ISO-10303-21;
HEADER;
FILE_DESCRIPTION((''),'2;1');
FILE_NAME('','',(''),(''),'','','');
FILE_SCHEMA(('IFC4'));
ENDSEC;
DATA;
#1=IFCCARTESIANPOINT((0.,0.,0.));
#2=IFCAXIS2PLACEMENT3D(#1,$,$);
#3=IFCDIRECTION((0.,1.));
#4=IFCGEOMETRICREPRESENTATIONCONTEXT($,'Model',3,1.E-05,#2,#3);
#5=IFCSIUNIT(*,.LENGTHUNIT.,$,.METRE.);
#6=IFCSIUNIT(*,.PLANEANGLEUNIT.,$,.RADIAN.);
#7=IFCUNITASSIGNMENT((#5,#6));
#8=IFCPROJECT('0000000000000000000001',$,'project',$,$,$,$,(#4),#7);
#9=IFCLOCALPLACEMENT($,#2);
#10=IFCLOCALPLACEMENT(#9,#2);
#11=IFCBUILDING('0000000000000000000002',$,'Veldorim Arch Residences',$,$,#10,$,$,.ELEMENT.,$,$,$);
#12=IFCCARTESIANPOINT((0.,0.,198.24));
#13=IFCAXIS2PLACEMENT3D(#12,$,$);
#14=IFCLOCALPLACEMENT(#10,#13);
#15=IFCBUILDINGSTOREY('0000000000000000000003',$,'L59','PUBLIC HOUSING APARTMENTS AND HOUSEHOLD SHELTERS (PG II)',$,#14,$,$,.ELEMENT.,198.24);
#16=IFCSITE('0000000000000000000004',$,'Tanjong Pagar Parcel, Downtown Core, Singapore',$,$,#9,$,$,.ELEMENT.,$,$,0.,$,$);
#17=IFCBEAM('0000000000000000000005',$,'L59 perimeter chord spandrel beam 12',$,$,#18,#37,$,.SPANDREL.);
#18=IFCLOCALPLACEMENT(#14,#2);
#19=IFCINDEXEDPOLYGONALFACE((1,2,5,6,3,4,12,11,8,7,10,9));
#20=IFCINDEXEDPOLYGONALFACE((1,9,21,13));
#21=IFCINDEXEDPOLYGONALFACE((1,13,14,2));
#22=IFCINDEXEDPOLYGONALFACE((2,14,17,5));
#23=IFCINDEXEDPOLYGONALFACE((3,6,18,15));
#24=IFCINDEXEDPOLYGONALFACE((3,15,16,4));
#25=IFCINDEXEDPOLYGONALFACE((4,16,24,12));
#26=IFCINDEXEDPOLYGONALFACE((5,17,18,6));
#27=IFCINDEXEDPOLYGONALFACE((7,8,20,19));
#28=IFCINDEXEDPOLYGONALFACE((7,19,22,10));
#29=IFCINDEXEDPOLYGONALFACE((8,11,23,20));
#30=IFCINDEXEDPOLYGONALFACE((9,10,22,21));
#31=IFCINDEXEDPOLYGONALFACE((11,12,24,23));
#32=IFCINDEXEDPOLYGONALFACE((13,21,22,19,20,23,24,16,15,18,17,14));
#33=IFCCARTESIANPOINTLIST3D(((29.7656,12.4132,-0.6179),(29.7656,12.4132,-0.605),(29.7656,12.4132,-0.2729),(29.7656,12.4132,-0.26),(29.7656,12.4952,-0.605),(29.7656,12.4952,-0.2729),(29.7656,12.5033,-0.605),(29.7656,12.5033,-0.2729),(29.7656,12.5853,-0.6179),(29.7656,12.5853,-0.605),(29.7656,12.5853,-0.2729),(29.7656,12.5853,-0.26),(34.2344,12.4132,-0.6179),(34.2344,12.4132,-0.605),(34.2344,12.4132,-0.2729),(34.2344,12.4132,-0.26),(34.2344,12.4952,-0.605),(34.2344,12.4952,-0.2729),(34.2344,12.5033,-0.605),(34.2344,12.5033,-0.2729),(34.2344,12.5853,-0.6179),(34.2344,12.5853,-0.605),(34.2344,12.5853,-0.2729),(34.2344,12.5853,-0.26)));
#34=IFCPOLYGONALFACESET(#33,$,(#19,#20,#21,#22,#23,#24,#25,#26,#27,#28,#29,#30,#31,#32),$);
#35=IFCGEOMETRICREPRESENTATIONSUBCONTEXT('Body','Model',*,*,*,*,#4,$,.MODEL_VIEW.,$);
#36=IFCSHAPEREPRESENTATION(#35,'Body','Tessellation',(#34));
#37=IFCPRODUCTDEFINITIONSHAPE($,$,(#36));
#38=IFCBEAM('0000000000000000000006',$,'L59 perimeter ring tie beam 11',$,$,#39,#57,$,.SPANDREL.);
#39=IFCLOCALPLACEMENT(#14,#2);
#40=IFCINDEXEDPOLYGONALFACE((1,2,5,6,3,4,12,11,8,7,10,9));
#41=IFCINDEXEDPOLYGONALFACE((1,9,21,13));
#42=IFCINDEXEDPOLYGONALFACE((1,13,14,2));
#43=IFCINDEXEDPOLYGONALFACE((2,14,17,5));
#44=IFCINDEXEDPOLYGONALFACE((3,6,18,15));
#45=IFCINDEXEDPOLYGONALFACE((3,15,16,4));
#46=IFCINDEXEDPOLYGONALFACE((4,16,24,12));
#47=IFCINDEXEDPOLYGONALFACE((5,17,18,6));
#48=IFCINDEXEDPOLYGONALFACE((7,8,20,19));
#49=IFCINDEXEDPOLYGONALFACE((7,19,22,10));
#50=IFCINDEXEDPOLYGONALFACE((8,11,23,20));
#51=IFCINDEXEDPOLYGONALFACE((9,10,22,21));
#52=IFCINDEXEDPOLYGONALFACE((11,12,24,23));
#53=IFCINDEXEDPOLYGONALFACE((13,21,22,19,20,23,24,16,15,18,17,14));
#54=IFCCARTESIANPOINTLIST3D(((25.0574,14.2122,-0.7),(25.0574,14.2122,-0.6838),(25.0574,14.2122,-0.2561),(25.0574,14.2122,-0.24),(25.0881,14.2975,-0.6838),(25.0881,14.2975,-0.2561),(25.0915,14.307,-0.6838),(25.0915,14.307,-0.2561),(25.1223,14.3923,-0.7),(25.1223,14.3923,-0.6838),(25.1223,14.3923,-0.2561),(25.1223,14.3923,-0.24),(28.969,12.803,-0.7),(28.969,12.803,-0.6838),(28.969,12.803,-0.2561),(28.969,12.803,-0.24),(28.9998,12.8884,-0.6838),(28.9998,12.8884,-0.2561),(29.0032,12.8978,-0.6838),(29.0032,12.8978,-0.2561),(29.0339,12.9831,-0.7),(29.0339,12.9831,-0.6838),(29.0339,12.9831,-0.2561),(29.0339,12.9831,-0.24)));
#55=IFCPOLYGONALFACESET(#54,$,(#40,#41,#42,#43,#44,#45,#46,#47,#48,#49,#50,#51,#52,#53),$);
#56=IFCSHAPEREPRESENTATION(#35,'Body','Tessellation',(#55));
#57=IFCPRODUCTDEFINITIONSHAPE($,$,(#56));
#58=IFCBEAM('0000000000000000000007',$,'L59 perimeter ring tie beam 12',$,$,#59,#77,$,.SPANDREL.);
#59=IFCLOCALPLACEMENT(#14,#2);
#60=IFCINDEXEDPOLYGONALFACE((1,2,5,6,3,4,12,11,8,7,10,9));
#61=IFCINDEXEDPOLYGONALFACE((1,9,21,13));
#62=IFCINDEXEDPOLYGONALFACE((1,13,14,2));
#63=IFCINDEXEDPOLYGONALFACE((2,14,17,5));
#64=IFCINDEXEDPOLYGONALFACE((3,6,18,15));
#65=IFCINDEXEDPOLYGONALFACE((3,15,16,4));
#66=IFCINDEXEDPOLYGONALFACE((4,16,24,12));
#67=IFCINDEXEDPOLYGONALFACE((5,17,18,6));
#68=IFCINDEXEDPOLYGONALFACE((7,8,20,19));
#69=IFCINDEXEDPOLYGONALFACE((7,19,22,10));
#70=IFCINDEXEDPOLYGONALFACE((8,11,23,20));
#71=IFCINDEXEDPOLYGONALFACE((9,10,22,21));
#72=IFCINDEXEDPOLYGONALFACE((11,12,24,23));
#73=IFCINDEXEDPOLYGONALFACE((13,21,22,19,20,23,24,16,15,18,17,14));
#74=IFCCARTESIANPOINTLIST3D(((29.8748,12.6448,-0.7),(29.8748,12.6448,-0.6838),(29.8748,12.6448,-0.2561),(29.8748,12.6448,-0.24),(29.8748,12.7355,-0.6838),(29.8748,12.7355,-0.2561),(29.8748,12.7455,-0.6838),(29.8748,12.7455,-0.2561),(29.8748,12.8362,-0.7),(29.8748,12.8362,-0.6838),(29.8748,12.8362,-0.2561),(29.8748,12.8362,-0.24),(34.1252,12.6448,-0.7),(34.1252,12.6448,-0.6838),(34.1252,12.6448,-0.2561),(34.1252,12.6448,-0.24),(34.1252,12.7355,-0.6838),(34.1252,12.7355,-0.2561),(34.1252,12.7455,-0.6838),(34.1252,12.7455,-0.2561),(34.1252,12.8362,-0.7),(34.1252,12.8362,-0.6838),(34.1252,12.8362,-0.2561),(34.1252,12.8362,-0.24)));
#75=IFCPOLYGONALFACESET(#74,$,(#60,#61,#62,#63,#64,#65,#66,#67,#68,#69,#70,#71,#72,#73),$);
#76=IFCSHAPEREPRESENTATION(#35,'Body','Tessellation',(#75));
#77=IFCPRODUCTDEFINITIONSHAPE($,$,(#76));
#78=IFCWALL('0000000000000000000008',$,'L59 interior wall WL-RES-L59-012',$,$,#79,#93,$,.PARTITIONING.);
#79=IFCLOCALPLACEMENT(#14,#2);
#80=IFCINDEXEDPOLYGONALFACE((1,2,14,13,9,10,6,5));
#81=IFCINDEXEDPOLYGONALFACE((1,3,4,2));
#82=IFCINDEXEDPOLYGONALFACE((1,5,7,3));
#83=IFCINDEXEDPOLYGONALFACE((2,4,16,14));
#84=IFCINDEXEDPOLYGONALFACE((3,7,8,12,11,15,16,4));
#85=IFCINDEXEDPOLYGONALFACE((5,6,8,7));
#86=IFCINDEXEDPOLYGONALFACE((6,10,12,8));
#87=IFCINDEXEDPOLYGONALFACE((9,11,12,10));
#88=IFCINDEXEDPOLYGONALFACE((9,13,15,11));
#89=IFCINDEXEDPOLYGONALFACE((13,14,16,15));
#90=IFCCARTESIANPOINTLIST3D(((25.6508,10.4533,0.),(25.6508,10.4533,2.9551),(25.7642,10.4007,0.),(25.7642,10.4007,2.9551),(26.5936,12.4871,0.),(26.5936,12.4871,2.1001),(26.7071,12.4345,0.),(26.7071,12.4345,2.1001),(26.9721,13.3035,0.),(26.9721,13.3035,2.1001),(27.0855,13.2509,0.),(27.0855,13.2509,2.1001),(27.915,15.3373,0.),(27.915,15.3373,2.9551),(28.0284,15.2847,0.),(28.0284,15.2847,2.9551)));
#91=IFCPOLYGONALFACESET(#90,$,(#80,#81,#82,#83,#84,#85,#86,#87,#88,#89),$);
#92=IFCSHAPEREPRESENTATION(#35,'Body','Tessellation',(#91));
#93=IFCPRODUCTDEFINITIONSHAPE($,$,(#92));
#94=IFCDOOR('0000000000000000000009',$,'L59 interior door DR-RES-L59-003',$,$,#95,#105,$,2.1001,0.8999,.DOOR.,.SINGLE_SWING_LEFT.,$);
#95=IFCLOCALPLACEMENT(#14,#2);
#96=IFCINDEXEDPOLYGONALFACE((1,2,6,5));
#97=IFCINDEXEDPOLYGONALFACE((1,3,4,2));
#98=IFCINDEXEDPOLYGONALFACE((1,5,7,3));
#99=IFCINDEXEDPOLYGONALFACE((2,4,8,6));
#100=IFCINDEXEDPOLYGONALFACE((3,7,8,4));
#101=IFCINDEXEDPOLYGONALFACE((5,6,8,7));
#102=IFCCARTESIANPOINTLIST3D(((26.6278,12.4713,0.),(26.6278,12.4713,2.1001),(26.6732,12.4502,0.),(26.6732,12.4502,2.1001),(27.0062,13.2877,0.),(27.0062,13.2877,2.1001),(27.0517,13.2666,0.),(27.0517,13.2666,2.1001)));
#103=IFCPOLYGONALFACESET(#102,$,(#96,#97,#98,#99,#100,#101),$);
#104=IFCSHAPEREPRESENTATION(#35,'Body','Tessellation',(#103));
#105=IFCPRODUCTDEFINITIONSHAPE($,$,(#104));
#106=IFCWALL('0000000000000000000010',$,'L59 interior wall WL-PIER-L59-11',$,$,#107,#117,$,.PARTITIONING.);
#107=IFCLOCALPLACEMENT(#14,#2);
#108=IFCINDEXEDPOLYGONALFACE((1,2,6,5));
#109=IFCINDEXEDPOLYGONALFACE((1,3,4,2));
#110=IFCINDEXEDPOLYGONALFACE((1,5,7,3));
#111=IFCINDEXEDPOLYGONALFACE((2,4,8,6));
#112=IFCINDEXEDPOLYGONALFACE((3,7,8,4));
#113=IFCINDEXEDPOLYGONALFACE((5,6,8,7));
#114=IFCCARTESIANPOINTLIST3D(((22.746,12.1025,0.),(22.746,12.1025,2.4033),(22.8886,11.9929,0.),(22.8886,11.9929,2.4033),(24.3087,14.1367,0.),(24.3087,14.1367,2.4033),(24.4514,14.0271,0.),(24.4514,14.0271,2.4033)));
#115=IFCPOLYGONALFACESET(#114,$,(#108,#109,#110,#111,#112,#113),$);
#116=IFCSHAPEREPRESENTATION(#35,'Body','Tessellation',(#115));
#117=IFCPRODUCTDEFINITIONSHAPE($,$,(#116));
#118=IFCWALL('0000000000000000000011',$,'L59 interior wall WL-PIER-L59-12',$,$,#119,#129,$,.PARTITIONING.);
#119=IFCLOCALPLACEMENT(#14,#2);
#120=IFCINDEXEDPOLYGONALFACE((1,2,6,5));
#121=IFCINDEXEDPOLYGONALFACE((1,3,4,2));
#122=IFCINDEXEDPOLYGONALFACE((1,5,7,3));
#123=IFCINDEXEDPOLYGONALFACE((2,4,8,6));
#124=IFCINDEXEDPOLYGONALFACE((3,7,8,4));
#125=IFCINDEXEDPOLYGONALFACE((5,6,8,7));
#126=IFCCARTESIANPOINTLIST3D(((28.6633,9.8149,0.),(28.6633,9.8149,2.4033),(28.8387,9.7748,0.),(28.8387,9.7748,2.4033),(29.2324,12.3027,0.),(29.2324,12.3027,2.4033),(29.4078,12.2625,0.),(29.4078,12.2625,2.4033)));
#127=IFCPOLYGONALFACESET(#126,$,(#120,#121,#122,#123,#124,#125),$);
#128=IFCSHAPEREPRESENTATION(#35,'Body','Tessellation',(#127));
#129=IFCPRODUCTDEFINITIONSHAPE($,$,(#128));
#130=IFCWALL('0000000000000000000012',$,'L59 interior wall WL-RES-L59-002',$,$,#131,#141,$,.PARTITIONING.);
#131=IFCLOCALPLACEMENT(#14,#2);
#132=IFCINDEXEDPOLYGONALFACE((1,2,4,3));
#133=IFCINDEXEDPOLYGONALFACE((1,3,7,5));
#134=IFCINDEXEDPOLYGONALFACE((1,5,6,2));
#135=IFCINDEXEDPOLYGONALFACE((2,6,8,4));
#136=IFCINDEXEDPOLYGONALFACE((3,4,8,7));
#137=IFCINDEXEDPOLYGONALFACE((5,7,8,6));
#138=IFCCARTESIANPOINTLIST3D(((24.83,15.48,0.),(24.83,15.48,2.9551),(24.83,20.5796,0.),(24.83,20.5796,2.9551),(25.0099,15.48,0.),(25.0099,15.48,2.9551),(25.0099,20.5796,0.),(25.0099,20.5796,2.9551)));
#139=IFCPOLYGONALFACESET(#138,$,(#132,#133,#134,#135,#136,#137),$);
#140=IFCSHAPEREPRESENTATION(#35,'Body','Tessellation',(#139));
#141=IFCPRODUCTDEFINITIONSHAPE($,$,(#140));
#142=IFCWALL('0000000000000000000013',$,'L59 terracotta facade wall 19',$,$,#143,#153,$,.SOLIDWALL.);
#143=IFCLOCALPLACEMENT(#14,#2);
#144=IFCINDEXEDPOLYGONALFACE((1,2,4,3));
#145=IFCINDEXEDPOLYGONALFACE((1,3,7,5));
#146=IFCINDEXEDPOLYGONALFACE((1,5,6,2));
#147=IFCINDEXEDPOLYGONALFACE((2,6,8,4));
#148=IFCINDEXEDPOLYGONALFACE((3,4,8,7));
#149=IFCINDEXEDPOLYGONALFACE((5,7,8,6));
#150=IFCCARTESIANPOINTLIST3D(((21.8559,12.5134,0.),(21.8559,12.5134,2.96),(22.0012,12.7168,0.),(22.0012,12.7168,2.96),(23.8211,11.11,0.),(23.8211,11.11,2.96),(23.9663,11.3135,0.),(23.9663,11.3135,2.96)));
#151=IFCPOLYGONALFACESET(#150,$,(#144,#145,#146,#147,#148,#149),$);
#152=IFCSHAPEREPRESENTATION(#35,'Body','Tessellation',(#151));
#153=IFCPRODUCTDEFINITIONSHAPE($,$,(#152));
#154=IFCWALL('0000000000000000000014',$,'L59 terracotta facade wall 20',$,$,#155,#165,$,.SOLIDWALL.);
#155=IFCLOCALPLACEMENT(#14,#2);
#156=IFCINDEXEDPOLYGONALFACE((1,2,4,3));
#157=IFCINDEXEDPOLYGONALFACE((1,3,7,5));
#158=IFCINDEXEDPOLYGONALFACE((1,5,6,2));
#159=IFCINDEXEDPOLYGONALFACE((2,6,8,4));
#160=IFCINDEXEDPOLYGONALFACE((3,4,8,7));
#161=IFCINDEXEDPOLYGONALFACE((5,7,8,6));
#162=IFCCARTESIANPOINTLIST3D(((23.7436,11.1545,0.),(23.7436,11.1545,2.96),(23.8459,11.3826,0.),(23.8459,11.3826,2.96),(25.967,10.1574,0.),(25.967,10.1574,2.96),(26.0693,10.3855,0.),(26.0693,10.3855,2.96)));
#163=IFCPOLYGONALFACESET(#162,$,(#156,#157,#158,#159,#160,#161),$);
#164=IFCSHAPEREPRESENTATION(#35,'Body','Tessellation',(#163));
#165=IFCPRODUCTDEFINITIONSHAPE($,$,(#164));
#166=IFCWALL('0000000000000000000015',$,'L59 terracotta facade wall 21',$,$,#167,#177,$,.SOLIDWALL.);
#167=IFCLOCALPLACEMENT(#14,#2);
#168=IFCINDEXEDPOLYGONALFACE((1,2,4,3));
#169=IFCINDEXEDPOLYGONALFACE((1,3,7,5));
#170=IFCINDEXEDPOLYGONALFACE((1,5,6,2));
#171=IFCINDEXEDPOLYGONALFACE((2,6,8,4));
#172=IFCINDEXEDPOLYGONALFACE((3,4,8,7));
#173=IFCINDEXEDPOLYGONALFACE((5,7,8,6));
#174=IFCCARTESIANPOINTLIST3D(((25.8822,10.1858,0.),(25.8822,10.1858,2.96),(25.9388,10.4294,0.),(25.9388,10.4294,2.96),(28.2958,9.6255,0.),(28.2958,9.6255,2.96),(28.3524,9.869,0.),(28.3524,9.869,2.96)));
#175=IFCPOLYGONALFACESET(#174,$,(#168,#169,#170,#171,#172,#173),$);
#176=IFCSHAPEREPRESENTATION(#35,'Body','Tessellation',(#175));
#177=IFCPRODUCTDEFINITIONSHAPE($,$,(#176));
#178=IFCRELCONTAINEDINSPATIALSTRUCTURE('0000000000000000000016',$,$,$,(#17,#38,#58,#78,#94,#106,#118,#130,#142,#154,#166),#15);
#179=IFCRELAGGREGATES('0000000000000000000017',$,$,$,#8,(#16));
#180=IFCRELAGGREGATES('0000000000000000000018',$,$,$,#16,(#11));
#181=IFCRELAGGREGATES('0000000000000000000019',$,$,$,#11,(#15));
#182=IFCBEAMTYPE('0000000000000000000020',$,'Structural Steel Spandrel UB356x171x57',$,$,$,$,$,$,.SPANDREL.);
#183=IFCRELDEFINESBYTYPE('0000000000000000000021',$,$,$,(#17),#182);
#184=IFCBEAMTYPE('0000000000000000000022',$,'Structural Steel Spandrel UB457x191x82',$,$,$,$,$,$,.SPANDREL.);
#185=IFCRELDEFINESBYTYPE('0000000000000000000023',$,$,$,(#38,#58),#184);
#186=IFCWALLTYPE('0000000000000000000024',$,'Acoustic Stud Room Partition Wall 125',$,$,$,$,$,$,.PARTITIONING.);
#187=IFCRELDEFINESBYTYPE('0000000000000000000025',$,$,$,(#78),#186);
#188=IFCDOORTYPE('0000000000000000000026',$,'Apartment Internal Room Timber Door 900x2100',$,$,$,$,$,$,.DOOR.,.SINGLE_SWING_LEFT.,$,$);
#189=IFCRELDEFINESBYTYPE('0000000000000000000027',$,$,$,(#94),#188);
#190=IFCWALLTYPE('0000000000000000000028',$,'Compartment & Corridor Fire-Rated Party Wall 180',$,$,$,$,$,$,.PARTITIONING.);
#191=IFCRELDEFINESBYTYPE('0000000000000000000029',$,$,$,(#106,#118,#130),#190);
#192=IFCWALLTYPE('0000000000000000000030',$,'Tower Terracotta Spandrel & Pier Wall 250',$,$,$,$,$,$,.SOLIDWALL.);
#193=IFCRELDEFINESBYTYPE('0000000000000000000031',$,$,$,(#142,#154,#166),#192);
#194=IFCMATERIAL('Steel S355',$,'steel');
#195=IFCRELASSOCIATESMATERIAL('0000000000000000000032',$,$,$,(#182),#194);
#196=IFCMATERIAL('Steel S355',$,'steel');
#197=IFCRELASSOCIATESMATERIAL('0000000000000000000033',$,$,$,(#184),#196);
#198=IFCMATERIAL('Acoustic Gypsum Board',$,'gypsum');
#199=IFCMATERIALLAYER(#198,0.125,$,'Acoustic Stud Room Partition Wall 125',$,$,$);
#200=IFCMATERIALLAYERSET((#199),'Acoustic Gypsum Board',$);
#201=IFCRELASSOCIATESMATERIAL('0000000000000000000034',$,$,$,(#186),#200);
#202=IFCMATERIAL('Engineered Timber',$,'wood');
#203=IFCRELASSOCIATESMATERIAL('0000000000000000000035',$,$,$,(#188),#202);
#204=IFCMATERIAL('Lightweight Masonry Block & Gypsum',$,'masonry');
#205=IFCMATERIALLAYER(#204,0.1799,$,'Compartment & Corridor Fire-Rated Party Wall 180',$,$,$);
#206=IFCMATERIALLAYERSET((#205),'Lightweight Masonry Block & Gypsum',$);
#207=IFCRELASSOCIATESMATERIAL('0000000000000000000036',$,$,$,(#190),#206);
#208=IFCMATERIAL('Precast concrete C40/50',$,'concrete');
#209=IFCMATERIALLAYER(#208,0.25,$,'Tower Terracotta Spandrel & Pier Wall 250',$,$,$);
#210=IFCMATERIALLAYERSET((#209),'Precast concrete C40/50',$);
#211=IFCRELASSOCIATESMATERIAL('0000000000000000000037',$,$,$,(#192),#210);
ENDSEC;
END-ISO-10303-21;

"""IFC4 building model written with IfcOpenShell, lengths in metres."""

from ifc_helpers import new_model, si_unit, direction, frame, frame_2d, origin, origin_2d, place, context, subcontext, project, spatial, rectangle, i_section, extrude, material, layer, layer_set, material_profile, profile_set, type_object, element, fill, save


model = new_model("IFC4")

# Units and contexts
model_context = context("Model", 3, precision=1e-05, world=origin(), true_north=direction((0.0, 1.0)))
body_context = subcontext(model_context, "Body", "Model", "MODEL_VIEW")
ifc_project = project(units=[si_unit("LENGTHUNIT", "METRE"), si_unit("PLANEANGLEUNIT", "RADIAN")], contexts=[model_context])

# Site, building, storey
site_placement = place(None, origin())
site = spatial("IfcSite", under=ifc_project, at=site_placement, Name="Tanjong Pagar Parcel, Downtown Core, Singapore", CompositionType="ELEMENT", RefElevation=0.0)
building_placement = place(site_placement, origin())
building = spatial("IfcBuilding", under=site, at=building_placement, Name="Veldorim Arch Residences", CompositionType="ELEMENT")
storey_placement = place(building_placement, frame((0.0, 0.0, 198.24)))
storey = spatial("IfcBuildingStorey", under=building, at=storey_placement, Name="L59", Description="PUBLIC HOUSING APARTMENTS AND HOUSEHOLD SHELTERS (PG II)", CompositionType="ELEMENT", Elevation=198.24)

# Beams
ifc_material_1 = material(Name="Steel S355", Category="steel")
ifc_material_profile_1 = material_profile(ifc_material_1, i_section(OverallWidth=0.1721, OverallDepth=0.3579, WebThickness=0.0081, FlangeThickness=0.0129, at=origin_2d()), Name="UB356x171x57")
ifc_profile_set_1 = profile_set([ifc_material_profile_1], Name="Steel S355")
beam_type_1 = type_object("IfcBeamType", Name="Structural Steel Spandrel UB356x171x57", PredefinedType="SPANDREL", material=ifc_profile_set_1)
beam_1_placement = place(storey_placement, frame((29.7656, 12.4993, -0.439), z_axis=(1.0, 0.0, 0.0), x_axis=(0.0, 1.0, 0.0)))
element("IfcBeam", 1, at=beam_1_placement, inside=storey, type_object=beam_type_1, Name="L59 perimeter chord spandrel beam 12", PredefinedType="SPANDREL", context=body_context, shape_type="SweptSolid", body=[
    extrude(i_section(OverallWidth=0.1721, OverallDepth=0.3579, WebThickness=0.0081, FlangeThickness=0.0129, at=origin_2d()), origin(), (0.0, 0.0, 1.0), 4.4688),
])
ifc_material_2 = material(Name="Steel S355", Category="steel")
ifc_material_profile_2 = material_profile(ifc_material_2, i_section(OverallWidth=0.1914, OverallDepth=0.46, WebThickness=0.01, FlangeThickness=0.0161, at=origin_2d()), Name="UB457x191x82")
ifc_profile_set_2 = profile_set([ifc_material_profile_2], Name="Steel S355")
beam_type_2 = type_object("IfcBeamType", Name="Structural Steel Spandrel UB457x191x82", PredefinedType="SPANDREL", material=ifc_profile_set_2)
beam_2_placement = place(storey_placement, frame((25.0898, 14.3022, -0.47), z_axis=(0.940811, -0.338932, 0.0), x_axis=(0.338932, 0.940811, 0.0)))
element("IfcBeam", 2, at=beam_2_placement, inside=storey, type_object=beam_type_2, Name="L59 perimeter ring tie beam 11", PredefinedType="SPANDREL", context=body_context, shape_type="SweptSolid", body=[
    extrude(i_section(OverallWidth=0.1914, OverallDepth=0.46, WebThickness=0.01, FlangeThickness=0.0161, at=origin_2d()), origin(), (0.0, 0.0, 1.0), 4.1577),
])
beam_3_placement = place(storey_placement, frame((29.8748, 12.7405, -0.47), z_axis=(1.0, 0.0, 0.0), x_axis=(0.0, 1.0, 0.0)))
element("IfcBeam", 3, at=beam_3_placement, inside=storey, type_object=beam_type_2, Name="L59 perimeter ring tie beam 12", PredefinedType="SPANDREL", context=body_context, shape_type="SweptSolid", body=[
    extrude(i_section(OverallWidth=0.1914, OverallDepth=0.46, WebThickness=0.01, FlangeThickness=0.0161, at=origin_2d()), origin(), (0.0, 0.0, 1.0), 4.2505),
])

# Wall, opening, door
ifc_material_3 = material(Name="Acoustic Gypsum Board", Category="gypsum")
ifc_layer_1 = layer(ifc_material_3, 0.125, Name="Acoustic Stud Room Partition Wall 125")
ifc_layer_set_1 = layer_set([ifc_layer_1], Name="Acoustic Gypsum Board")
wall_type_1 = type_object("IfcWallType", Name="Acoustic Stud Room Partition Wall 125", PredefinedType="PARTITIONING", material=ifc_layer_set_1)
wall_1_placement = place(storey_placement, frame((25.7075, 10.427, 0.0), z_axis=(0.0, 0.0, 1.0), x_axis=(0.420588, 0.907252, 0.0)))
wall_1 = element("IfcWall", 4, at=wall_1_placement, inside=storey, type_object=wall_type_1, Name="L59 interior wall WL-RES-L59-012", PredefinedType="PARTITIONING", context=body_context, shape_type="SweptSolid", body=[
    extrude(rectangle(XDim=5.3833, YDim=0.125, at=frame_2d((2.6917, 0.0))), origin(), (0.0, 0.0, 1.0), 2.9551),
])
opening_1_placement = place(wall_1_placement, frame((2.2417, 0.0, 0.0)))
opening_1 = element("IfcOpeningElement", 5, at=opening_1_placement, cuts=wall_1, PredefinedType="OPENING", context=body_context, shape_type="SweptSolid", body=[
    extrude(rectangle(XDim=0.8999, YDim=2.1001, at=frame_2d((0.45, 1.05))), frame((0.0, 0.0725, 0.0), z_axis=(0.0, -1.0, 0.0), x_axis=(1.0, 0.0, 0.0)), (0.0, 0.0, 1.0), 0.145),
])
ifc_material_4 = material(Name="Engineered Timber", Category="wood")
door_type_1 = type_object("IfcDoorType", Name="Apartment Internal Room Timber Door 900x2100", OperationType="SINGLE_SWING_LEFT", PredefinedType="DOOR", material=ifc_material_4)
door_1_placement = place(opening_1_placement, origin())
door_1 = element("IfcDoor", 6, at=door_1_placement, inside=storey, type_object=door_type_1, Name="L59 interior door DR-RES-L59-003", OperationType="SINGLE_SWING_LEFT", OverallHeight=2.1001, OverallWidth=0.8999, PredefinedType="DOOR", context=body_context, shape_type="SweptSolid", body=[
    extrude(rectangle(XDim=0.8999, YDim=2.1001, at=frame_2d((0.45, 1.05))), frame((0.0, 0.0249, 0.0), z_axis=(0.0, -1.0, 0.0), x_axis=(1.0, 0.0, 0.0)), (0.0, 0.0, 1.0), 0.05),
])
fill(opening_1, door_1)

# Walls
ifc_material_5 = material(Name="Lightweight Masonry Block & Gypsum", Category="masonry")
ifc_layer_2 = layer(ifc_material_5, 0.1799, Name="Compartment & Corridor Fire-Rated Party Wall 180")
ifc_layer_set_2 = layer_set([ifc_layer_2], Name="Lightweight Masonry Block & Gypsum")
wall_type_2 = type_object("IfcWallType", Name="Compartment & Corridor Fire-Rated Party Wall 180", PredefinedType="PARTITIONING", material=ifc_layer_set_2)
wall_2_placement = place(storey_placement, frame((24.3801, 14.082, 0.0), z_axis=(0.0, 0.0, 1.0), x_axis=(-0.609218, -0.793002, 0.0)))
element("IfcWall", 7, at=wall_2_placement, inside=storey, type_object=wall_type_2, Name="L59 interior wall WL-PIER-L59-11", PredefinedType="PARTITIONING", context=body_context, shape_type="SweptSolid", body=[
    extrude(rectangle(XDim=2.5652, YDim=0.1799, at=frame_2d((1.2827, 0.0))), origin(), (0.0, 0.0, 1.0), 2.4033),
])
wall_3_placement = place(storey_placement, frame((29.3201, 12.2825, 0.0), z_axis=(0.0, 0.0, 1.0), x_axis=(-0.222994, -0.97482, 0.0)))
element("IfcWall", 8, at=wall_3_placement, inside=storey, type_object=wall_type_2, Name="L59 interior wall WL-PIER-L59-12", PredefinedType="PARTITIONING", context=body_context, shape_type="SweptSolid", body=[
    extrude(rectangle(XDim=2.552, YDim=0.1799, at=frame_2d((1.2759, 0.0))), origin(), (0.0, 0.0, 1.0), 2.4033),
])
wall_4_placement = place(storey_placement, frame((24.9199, 15.48, 0.0), z_axis=(0.0, 0.0, 1.0), x_axis=(0.0, 1.0, 0.0)))
element("IfcWall", 9, at=wall_4_placement, inside=storey, type_object=wall_type_2, Name="L59 interior wall WL-RES-L59-002", PredefinedType="PARTITIONING", context=body_context, shape_type="SweptSolid", body=[
    extrude(rectangle(XDim=5.0996, YDim=0.1799, at=frame_2d((2.5498, 0.0))), origin(), (0.0, 0.0, 1.0), 2.9551),
])
ifc_material_6 = material(Name="Precast concrete C40/50", Category="concrete")
ifc_layer_3 = layer(ifc_material_6, 0.25, Name="Tower Terracotta Spandrel & Pier Wall 250")
ifc_layer_set_3 = layer_set([ifc_layer_3], Name="Precast concrete C40/50")
wall_type_3 = type_object("IfcWallType", Name="Tower Terracotta Spandrel & Pier Wall 250", PredefinedType="SOLIDWALL", material=ifc_layer_set_3)
wall_5_placement = place(storey_placement, frame((23.8938, 11.2117, 0.0), z_axis=(0.0, 0.0, 1.0), x_axis=(-0.813795, 0.581152, 0.0)))
element("IfcWall", 10, at=wall_5_placement, inside=storey, type_object=wall_type_3, Name="L59 terracotta facade wall 19", PredefinedType="SOLIDWALL", context=body_context, shape_type="SweptSolid", body=[
    extrude(rectangle(XDim=2.4148, YDim=0.25, at=frame_2d((1.2075, 0.0))), origin(), (0.0, 0.0, 1.0), 2.96),
])
wall_6_placement = place(storey_placement, frame((26.0181, 10.2715, 0.0), z_axis=(0.0, 0.0, 1.0), x_axis=(-0.912451, 0.409185, 0.0)))
element("IfcWall", 11, at=wall_6_placement, inside=storey, type_object=wall_type_3, Name="L59 terracotta facade wall 20", PredefinedType="SOLIDWALL", context=body_context, shape_type="SweptSolid", body=[
    extrude(rectangle(XDim=2.4368, YDim=0.25, at=frame_2d((1.2183, 0.0))), origin(), (0.0, 0.0, 1.0), 2.96),
])
wall_7_placement = place(storey_placement, frame((28.324, 9.7473, 0.0), z_axis=(0.0, 0.0, 1.0), x_axis=(-0.974096, 0.226133, 0.0)))
element("IfcWall", 12, at=wall_7_placement, inside=storey, type_object=wall_type_3, Name="L59 terracotta facade wall 21", PredefinedType="SOLIDWALL", context=body_context, shape_type="SweptSolid", body=[
    extrude(rectangle(XDim=2.4778, YDim=0.25, at=frame_2d((1.2388, 0.0))), origin(), (0.0, 0.0, 1.0), 2.96),
])

save(model, "model.ifc")
